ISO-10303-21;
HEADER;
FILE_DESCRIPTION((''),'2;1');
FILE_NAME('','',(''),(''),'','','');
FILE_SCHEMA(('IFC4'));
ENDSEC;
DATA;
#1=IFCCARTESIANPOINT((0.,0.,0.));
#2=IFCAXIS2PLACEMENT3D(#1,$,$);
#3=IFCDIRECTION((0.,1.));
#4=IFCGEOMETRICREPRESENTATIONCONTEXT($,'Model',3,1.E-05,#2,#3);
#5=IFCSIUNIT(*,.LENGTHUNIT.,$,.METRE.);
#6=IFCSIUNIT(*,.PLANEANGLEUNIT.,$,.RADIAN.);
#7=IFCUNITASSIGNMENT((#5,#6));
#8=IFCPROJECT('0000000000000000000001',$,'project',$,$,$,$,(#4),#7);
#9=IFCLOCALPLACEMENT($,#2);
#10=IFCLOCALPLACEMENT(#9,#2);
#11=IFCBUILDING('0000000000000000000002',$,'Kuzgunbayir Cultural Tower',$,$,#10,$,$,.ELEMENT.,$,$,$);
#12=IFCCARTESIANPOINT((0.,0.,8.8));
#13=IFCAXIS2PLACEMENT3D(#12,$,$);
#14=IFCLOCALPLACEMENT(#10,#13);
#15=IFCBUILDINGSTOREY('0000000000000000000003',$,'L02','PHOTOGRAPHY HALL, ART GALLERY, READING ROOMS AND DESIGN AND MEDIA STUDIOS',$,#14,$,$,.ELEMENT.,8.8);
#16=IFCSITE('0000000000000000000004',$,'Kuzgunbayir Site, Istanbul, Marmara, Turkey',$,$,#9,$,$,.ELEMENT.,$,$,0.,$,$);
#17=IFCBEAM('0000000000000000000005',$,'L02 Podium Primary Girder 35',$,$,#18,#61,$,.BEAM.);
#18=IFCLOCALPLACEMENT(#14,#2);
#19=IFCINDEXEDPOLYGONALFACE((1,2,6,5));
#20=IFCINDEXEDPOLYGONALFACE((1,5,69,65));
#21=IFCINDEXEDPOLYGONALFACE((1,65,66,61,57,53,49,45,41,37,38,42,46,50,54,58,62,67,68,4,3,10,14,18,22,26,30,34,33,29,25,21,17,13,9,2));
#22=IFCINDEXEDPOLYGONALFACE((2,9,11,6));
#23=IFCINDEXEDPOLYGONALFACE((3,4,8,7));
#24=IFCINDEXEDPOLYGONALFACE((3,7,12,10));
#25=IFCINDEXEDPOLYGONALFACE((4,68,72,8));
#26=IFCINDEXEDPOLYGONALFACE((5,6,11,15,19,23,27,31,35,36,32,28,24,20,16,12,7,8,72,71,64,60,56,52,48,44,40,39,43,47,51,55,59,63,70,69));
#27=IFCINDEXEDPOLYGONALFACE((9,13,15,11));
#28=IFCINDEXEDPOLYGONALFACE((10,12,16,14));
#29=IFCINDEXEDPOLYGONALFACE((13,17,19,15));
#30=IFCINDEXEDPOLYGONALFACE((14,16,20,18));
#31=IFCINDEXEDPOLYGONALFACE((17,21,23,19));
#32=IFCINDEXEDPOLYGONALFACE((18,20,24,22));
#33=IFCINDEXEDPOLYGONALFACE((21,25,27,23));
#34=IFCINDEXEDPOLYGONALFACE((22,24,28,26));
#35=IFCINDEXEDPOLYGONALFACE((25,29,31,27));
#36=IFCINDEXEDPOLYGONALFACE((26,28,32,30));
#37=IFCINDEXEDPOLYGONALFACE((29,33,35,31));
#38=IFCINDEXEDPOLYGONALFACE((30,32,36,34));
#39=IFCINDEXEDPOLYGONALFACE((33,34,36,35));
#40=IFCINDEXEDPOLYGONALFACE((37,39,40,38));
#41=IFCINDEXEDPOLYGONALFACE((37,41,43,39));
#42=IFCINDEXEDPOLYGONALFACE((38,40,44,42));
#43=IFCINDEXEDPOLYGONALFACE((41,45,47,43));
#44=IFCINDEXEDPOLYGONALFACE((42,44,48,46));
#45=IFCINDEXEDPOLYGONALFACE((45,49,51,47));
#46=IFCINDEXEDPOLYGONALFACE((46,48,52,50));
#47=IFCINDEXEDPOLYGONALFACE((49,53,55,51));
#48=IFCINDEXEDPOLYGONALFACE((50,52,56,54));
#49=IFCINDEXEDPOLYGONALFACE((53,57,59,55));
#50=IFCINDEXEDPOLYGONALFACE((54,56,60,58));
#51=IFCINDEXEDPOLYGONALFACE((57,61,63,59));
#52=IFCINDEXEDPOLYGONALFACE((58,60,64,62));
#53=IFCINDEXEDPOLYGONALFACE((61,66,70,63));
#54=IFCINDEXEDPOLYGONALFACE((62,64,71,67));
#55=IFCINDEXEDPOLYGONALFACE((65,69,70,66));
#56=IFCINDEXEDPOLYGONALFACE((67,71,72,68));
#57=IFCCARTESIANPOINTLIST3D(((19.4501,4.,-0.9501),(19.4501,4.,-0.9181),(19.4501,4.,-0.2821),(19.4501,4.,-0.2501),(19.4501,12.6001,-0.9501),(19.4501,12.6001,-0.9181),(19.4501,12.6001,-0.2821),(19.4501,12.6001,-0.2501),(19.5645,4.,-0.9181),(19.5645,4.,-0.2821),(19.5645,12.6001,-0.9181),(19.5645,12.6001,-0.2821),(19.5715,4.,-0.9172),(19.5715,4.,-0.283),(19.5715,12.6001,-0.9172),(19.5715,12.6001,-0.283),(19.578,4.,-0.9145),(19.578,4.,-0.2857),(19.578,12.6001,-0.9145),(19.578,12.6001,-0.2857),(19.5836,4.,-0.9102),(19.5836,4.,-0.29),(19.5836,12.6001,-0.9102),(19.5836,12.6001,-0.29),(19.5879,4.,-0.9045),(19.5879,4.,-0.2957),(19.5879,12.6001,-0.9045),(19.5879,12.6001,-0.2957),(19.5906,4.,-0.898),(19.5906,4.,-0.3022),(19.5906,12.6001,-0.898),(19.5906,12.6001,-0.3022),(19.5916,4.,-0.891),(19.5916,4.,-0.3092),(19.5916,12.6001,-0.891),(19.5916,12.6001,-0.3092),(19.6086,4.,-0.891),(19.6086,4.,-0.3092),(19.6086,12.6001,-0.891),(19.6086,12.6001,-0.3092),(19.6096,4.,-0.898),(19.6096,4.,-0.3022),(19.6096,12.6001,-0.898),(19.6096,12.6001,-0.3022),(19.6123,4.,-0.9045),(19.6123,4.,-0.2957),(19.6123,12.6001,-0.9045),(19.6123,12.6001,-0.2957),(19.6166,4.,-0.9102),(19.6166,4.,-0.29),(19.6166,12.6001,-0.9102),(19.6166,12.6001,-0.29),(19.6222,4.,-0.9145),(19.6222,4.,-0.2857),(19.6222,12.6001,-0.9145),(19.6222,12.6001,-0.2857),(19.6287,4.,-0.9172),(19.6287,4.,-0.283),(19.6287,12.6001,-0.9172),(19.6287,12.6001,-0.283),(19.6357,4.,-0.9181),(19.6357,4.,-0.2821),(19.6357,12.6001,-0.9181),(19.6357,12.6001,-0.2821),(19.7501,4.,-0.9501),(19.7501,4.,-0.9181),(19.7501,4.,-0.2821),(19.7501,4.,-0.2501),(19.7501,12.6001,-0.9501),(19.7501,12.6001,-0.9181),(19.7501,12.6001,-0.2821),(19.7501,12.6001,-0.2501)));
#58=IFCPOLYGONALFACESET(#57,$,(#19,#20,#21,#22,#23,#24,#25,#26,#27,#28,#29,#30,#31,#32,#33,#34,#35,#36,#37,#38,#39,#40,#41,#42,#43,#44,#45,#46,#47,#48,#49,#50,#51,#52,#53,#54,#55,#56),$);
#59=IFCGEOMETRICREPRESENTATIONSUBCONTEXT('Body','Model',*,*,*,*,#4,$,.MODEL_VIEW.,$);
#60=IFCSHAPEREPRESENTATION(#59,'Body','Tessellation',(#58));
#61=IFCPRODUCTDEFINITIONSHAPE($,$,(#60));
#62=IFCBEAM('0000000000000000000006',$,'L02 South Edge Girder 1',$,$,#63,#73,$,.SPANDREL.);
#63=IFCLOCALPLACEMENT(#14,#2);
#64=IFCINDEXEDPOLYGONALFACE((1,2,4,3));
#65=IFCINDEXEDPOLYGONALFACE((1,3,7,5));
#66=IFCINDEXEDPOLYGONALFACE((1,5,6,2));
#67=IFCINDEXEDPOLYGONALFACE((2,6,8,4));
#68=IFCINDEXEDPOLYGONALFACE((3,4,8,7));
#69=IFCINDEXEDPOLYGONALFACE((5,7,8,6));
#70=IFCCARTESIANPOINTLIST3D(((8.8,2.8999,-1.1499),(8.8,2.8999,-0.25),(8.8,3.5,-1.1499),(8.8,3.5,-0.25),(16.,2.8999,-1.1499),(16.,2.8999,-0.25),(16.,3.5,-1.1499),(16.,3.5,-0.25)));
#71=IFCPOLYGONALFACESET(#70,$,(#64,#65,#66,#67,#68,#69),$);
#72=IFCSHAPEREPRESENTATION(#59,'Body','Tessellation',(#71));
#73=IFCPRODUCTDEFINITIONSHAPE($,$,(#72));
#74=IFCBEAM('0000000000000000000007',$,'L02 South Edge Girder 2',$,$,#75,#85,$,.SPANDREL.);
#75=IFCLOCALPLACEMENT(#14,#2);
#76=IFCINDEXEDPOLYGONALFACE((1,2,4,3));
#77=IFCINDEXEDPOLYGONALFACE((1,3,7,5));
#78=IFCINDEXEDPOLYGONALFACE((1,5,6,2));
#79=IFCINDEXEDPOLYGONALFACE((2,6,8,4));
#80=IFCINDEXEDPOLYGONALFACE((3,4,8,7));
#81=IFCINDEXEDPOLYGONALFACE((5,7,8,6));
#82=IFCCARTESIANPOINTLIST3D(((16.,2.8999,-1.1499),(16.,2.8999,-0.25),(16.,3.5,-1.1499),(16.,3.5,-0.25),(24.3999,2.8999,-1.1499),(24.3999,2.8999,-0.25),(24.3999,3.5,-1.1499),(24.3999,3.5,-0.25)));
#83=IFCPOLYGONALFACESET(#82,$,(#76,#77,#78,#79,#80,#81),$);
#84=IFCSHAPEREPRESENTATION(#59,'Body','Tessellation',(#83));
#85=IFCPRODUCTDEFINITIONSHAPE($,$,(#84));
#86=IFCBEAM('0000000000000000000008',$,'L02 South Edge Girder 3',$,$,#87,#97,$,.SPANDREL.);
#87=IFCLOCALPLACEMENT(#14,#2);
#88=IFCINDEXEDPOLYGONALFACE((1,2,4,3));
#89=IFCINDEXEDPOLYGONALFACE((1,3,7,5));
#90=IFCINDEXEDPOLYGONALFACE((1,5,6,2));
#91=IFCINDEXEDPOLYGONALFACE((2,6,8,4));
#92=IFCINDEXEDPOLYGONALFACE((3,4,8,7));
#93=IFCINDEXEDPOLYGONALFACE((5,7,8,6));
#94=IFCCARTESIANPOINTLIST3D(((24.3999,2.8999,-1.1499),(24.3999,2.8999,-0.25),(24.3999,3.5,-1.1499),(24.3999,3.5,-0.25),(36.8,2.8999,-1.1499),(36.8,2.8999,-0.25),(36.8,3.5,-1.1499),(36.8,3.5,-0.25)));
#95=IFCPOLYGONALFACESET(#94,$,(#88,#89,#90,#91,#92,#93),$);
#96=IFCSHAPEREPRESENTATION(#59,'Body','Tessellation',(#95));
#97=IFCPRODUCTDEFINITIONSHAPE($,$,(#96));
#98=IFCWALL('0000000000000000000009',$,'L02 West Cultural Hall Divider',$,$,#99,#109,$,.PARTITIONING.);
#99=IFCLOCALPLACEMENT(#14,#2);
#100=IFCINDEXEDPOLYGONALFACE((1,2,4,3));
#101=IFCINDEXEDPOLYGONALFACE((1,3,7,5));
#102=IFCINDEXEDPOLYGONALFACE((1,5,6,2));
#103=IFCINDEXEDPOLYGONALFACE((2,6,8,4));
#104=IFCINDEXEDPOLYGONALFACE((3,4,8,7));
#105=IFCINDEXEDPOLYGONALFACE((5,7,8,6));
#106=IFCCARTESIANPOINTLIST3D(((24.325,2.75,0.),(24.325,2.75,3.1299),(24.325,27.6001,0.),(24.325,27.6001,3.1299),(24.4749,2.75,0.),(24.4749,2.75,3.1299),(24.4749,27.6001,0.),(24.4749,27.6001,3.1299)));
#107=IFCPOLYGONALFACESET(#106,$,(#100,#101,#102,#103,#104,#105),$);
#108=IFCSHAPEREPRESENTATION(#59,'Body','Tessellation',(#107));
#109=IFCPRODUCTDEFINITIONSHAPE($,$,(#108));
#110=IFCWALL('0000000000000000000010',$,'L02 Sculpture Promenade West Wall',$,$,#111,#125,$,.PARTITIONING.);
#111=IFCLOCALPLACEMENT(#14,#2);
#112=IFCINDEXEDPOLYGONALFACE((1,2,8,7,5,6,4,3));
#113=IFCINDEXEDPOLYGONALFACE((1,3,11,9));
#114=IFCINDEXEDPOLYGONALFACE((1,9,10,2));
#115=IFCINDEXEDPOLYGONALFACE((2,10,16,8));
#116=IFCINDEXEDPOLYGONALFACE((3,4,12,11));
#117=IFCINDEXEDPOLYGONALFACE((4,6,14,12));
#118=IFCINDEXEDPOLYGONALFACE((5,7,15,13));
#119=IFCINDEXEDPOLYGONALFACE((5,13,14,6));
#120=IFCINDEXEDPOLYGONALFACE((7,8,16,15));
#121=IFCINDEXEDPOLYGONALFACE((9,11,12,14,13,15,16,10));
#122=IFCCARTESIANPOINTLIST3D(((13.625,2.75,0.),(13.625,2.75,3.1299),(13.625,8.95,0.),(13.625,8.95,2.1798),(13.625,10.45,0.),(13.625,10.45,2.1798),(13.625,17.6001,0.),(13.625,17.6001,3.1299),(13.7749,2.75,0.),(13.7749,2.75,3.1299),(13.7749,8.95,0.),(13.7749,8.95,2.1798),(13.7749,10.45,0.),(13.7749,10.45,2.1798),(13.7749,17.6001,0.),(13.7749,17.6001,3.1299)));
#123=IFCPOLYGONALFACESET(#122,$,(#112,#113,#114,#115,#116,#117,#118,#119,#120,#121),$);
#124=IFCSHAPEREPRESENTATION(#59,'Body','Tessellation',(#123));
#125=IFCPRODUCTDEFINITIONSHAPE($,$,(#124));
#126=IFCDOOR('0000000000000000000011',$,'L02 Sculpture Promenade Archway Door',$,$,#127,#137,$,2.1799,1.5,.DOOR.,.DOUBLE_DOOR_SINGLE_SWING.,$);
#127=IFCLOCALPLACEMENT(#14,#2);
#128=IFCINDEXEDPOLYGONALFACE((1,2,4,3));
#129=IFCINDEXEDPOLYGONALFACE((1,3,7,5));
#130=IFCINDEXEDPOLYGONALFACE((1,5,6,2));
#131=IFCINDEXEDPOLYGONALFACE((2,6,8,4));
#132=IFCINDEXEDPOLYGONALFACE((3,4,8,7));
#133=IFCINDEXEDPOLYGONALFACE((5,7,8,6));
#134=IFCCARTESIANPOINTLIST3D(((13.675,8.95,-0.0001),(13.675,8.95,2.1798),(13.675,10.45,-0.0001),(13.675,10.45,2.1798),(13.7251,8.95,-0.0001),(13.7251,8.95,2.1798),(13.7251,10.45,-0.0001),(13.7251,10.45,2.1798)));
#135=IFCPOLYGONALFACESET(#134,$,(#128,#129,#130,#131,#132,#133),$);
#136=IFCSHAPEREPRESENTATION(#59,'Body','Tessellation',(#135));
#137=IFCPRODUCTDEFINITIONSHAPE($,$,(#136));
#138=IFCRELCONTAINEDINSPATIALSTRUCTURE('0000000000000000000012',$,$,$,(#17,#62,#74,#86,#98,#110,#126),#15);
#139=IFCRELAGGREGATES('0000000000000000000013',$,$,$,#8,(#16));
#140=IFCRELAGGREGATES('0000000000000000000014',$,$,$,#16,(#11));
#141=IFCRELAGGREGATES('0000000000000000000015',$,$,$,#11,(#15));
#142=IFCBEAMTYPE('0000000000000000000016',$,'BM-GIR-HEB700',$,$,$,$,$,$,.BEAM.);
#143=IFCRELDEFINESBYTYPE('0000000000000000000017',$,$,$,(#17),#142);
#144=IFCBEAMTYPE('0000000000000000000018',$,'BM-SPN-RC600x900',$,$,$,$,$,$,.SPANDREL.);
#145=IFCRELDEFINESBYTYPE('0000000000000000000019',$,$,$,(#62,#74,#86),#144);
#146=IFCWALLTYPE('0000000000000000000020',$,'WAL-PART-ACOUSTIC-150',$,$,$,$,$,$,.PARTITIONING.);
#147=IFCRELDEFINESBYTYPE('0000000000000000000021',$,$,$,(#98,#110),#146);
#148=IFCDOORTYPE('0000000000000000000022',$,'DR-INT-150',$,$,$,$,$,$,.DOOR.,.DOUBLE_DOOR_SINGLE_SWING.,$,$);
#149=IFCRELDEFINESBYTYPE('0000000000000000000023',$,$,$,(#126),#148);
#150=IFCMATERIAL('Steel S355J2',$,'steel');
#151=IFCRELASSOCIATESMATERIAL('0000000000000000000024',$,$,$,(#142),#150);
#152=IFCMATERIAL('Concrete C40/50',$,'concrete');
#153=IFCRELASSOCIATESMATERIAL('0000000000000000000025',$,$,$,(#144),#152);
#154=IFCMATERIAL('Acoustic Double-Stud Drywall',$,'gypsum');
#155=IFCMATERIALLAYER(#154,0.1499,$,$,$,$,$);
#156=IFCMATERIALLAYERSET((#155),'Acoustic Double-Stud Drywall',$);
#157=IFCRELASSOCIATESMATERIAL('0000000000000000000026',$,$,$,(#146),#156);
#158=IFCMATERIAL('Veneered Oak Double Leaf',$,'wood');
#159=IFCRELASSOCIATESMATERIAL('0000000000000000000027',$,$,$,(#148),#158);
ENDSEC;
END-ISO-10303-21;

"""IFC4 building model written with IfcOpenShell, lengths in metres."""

from ifc_helpers import new_model, si_unit, direction, frame, frame_2d, origin, origin_2d, place, context, subcontext, project, spatial, rectangle, i_section, extrude, material, layer, layer_set, material_profile, profile_set, type_object, element, fill, save


model = new_model("IFC4")

# Units and contexts
model_context = context("Model", 3, precision=1e-05, world=origin(), true_north=direction((0.0, 1.0)))
body_context = subcontext(model_context, "Body", "Model", "MODEL_VIEW")
ifc_project = project(units=[si_unit("LENGTHUNIT", "METRE"), si_unit("PLANEANGLEUNIT", "RADIAN")], contexts=[model_context])

# Site, building, storey
site_placement = place(None, origin())
site = spatial("IfcSite", under=ifc_project, at=site_placement, Name="Kuzgunbayir Site, Istanbul, Marmara, Turkey", CompositionType="ELEMENT", RefElevation=0.0)
building_placement = place(site_placement, origin())
building = spatial("IfcBuilding", under=site, at=building_placement, Name="Kuzgunbayir Cultural Tower", CompositionType="ELEMENT")
storey_placement = place(building_placement, frame((0.0, 0.0, 8.8)))
storey = spatial("IfcBuildingStorey", under=building, at=storey_placement, Name="L02", Description="PHOTOGRAPHY HALL, ART GALLERY, READING ROOMS AND DESIGN AND MEDIA STUDIOS", CompositionType="ELEMENT", Elevation=8.8)

# Beams
ifc_material_1 = material(Name="Steel S355J2", Category="steel")
ifc_material_profile_1 = material_profile(ifc_material_1, i_section(OverallWidth=0.3, OverallDepth=0.7, WebThickness=0.0171, FlangeThickness=0.032, FilletRadius=0.0271, at=origin_2d()), Name="HEB 700")
ifc_profile_set_1 = profile_set([ifc_material_profile_1], Name="Steel S355J2")
beam_type_1 = type_object("IfcBeamType", Name="BM-GIR-HEB700", PredefinedType="BEAM", material=ifc_profile_set_1)
for number, where, z_axis, x_axis, name in (
    (1, (19.6001, 4.0, -0.6001), (0.0, 1.0, 0.0), (-1.0, 0.0, 0.0), "L02 Podium Primary Girder 35"),
):
    element("IfcBeam", number, at=place(storey_placement, frame(where, z_axis=z_axis, x_axis=x_axis)), inside=storey, type_object=beam_type_1, Name=name, PredefinedType="BEAM", context=body_context, shape_type="SweptSolid", body=[
        extrude(i_section(OverallWidth=0.3, OverallDepth=0.7, WebThickness=0.0171, FlangeThickness=0.032, FilletRadius=0.0271, at=origin_2d()), origin(), (0.0, 0.0, 1.0), 8.6001),
    ])
ifc_material_2 = material(Name="Concrete C40/50", Category="concrete")
ifc_material_profile_2 = material_profile(ifc_material_2, rectangle(XDim=0.6001, YDim=0.8999, at=origin_2d()), Name="RC 600x900")
ifc_profile_set_2 = profile_set([ifc_material_profile_2], Name="Concrete C40/50")
beam_type_2 = type_object("IfcBeamType", Name="BM-SPN-RC600x900", PredefinedType="SPANDREL", material=ifc_profile_set_2)
beam_1_placement = place(storey_placement, frame((8.8, 3.2, -0.7), z_axis=(1.0, 0.0, 0.0), x_axis=(0.0, 1.0, 0.0)))
element("IfcBeam", 2, at=beam_1_placement, inside=storey, type_object=beam_type_2, Name="L02 South Edge Girder 1", PredefinedType="SPANDREL", context=body_context, shape_type="SweptSolid", body=[
    extrude(rectangle(XDim=0.6001, YDim=0.8999, at=origin_2d()), origin(), (0.0, 0.0, 1.0), 7.2),
])
beam_2_placement = place(storey_placement, frame((16.0, 3.2, -0.7), z_axis=(1.0, 0.0, 0.0), x_axis=(0.0, 1.0, 0.0)))
element("IfcBeam", 3, at=beam_2_placement, inside=storey, type_object=beam_type_2, Name="L02 South Edge Girder 2", PredefinedType="SPANDREL", context=body_context, shape_type="SweptSolid", body=[
    extrude(rectangle(XDim=0.6001, YDim=0.8999, at=origin_2d()), origin(), (0.0, 0.0, 1.0), 8.3999),
])
beam_3_placement = place(storey_placement, frame((24.3999, 3.2, -0.7), z_axis=(1.0, 0.0, 0.0), x_axis=(0.0, 1.0, 0.0)))
element("IfcBeam", 4, at=beam_3_placement, inside=storey, type_object=beam_type_2, Name="L02 South Edge Girder 3", PredefinedType="SPANDREL", context=body_context, shape_type="SweptSolid", body=[
    extrude(rectangle(XDim=0.6001, YDim=0.8999, at=origin_2d()), origin(), (0.0, 0.0, 1.0), 12.4001),
])

# Wall
ifc_material_3 = material(Name="Acoustic Double-Stud Drywall", Category="gypsum")
ifc_layer = layer(ifc_material_3, 0.1499)
ifc_layer_set = layer_set([ifc_layer], Name="Acoustic Double-Stud Drywall")
wall_type = type_object("IfcWallType", Name="WAL-PART-ACOUSTIC-150", PredefinedType="PARTITIONING", material=ifc_layer_set)
wall_1_placement = place(storey_placement, frame((24.3999, 2.75, 0.0), z_axis=(0.0, 0.0, 1.0), x_axis=(0.0, 1.0, 0.0)))
element("IfcWall", 5, at=wall_1_placement, inside=storey, type_object=wall_type, Name="L02 West Cultural Hall Divider", PredefinedType="PARTITIONING", context=body_context, shape_type="SweptSolid", body=[
    extrude(rectangle(XDim=24.8501, YDim=0.1499, at=frame_2d((12.425, 0.0))), origin(), (0.0, 0.0, 1.0), 3.1299),
])

# Wall, opening, door
wall_2_placement = place(storey_placement, frame((13.7, 2.75, 0.0), z_axis=(0.0, 0.0, 1.0), x_axis=(0.0, 1.0, 0.0)))
wall_2 = element("IfcWall", 6, at=wall_2_placement, inside=storey, type_object=wall_type, Name="L02 Sculpture Promenade West Wall", PredefinedType="PARTITIONING", context=body_context, shape_type="SweptSolid", body=[
    extrude(rectangle(XDim=14.8501, YDim=0.1499, at=frame_2d((7.425, 0.0))), origin(), (0.0, 0.0, 1.0), 3.1299),
])
opening_placement = place(wall_2_placement, frame((6.2, 0.0, 0.0)))
opening = element("IfcOpeningElement", 7, at=opening_placement, cuts=wall_2, PredefinedType="OPENING", context=body_context, shape_type="SweptSolid", body=[
    extrude(rectangle(XDim=1.5, YDim=2.1799, at=frame_2d((0.75, 1.0898))), frame((0.0, 0.085, 0.0), z_axis=(0.0, -1.0, 0.0), x_axis=(1.0, 0.0, 0.0)), (0.0, 0.0, 1.0), 0.1699),
])
ifc_material_4 = material(Name="Veneered Oak Double Leaf", Category="wood")
door_type = type_object("IfcDoorType", Name="DR-INT-150", OperationType="DOUBLE_DOOR_SINGLE_SWING", PredefinedType="DOOR", material=ifc_material_4)
door_placement = place(opening_placement, origin())
door = element("IfcDoor", 8, at=door_placement, inside=storey, type_object=door_type, Name="L02 Sculpture Promenade Archway Door", OperationType="DOUBLE_DOOR_SINGLE_SWING", OverallHeight=2.1799, OverallWidth=1.5, PredefinedType="DOOR", context=body_context, shape_type="SweptSolid", body=[
    extrude(rectangle(XDim=1.5, YDim=2.1799, at=frame_2d((0.75, 1.0898))), frame((0.0, 0.0249, 0.0), z_axis=(0.0, -1.0, 0.0), x_axis=(1.0, 0.0, 0.0)), (0.0, 0.0, 1.0), 0.05),
])
fill(opening, door)

save(model, "model.ifc")
